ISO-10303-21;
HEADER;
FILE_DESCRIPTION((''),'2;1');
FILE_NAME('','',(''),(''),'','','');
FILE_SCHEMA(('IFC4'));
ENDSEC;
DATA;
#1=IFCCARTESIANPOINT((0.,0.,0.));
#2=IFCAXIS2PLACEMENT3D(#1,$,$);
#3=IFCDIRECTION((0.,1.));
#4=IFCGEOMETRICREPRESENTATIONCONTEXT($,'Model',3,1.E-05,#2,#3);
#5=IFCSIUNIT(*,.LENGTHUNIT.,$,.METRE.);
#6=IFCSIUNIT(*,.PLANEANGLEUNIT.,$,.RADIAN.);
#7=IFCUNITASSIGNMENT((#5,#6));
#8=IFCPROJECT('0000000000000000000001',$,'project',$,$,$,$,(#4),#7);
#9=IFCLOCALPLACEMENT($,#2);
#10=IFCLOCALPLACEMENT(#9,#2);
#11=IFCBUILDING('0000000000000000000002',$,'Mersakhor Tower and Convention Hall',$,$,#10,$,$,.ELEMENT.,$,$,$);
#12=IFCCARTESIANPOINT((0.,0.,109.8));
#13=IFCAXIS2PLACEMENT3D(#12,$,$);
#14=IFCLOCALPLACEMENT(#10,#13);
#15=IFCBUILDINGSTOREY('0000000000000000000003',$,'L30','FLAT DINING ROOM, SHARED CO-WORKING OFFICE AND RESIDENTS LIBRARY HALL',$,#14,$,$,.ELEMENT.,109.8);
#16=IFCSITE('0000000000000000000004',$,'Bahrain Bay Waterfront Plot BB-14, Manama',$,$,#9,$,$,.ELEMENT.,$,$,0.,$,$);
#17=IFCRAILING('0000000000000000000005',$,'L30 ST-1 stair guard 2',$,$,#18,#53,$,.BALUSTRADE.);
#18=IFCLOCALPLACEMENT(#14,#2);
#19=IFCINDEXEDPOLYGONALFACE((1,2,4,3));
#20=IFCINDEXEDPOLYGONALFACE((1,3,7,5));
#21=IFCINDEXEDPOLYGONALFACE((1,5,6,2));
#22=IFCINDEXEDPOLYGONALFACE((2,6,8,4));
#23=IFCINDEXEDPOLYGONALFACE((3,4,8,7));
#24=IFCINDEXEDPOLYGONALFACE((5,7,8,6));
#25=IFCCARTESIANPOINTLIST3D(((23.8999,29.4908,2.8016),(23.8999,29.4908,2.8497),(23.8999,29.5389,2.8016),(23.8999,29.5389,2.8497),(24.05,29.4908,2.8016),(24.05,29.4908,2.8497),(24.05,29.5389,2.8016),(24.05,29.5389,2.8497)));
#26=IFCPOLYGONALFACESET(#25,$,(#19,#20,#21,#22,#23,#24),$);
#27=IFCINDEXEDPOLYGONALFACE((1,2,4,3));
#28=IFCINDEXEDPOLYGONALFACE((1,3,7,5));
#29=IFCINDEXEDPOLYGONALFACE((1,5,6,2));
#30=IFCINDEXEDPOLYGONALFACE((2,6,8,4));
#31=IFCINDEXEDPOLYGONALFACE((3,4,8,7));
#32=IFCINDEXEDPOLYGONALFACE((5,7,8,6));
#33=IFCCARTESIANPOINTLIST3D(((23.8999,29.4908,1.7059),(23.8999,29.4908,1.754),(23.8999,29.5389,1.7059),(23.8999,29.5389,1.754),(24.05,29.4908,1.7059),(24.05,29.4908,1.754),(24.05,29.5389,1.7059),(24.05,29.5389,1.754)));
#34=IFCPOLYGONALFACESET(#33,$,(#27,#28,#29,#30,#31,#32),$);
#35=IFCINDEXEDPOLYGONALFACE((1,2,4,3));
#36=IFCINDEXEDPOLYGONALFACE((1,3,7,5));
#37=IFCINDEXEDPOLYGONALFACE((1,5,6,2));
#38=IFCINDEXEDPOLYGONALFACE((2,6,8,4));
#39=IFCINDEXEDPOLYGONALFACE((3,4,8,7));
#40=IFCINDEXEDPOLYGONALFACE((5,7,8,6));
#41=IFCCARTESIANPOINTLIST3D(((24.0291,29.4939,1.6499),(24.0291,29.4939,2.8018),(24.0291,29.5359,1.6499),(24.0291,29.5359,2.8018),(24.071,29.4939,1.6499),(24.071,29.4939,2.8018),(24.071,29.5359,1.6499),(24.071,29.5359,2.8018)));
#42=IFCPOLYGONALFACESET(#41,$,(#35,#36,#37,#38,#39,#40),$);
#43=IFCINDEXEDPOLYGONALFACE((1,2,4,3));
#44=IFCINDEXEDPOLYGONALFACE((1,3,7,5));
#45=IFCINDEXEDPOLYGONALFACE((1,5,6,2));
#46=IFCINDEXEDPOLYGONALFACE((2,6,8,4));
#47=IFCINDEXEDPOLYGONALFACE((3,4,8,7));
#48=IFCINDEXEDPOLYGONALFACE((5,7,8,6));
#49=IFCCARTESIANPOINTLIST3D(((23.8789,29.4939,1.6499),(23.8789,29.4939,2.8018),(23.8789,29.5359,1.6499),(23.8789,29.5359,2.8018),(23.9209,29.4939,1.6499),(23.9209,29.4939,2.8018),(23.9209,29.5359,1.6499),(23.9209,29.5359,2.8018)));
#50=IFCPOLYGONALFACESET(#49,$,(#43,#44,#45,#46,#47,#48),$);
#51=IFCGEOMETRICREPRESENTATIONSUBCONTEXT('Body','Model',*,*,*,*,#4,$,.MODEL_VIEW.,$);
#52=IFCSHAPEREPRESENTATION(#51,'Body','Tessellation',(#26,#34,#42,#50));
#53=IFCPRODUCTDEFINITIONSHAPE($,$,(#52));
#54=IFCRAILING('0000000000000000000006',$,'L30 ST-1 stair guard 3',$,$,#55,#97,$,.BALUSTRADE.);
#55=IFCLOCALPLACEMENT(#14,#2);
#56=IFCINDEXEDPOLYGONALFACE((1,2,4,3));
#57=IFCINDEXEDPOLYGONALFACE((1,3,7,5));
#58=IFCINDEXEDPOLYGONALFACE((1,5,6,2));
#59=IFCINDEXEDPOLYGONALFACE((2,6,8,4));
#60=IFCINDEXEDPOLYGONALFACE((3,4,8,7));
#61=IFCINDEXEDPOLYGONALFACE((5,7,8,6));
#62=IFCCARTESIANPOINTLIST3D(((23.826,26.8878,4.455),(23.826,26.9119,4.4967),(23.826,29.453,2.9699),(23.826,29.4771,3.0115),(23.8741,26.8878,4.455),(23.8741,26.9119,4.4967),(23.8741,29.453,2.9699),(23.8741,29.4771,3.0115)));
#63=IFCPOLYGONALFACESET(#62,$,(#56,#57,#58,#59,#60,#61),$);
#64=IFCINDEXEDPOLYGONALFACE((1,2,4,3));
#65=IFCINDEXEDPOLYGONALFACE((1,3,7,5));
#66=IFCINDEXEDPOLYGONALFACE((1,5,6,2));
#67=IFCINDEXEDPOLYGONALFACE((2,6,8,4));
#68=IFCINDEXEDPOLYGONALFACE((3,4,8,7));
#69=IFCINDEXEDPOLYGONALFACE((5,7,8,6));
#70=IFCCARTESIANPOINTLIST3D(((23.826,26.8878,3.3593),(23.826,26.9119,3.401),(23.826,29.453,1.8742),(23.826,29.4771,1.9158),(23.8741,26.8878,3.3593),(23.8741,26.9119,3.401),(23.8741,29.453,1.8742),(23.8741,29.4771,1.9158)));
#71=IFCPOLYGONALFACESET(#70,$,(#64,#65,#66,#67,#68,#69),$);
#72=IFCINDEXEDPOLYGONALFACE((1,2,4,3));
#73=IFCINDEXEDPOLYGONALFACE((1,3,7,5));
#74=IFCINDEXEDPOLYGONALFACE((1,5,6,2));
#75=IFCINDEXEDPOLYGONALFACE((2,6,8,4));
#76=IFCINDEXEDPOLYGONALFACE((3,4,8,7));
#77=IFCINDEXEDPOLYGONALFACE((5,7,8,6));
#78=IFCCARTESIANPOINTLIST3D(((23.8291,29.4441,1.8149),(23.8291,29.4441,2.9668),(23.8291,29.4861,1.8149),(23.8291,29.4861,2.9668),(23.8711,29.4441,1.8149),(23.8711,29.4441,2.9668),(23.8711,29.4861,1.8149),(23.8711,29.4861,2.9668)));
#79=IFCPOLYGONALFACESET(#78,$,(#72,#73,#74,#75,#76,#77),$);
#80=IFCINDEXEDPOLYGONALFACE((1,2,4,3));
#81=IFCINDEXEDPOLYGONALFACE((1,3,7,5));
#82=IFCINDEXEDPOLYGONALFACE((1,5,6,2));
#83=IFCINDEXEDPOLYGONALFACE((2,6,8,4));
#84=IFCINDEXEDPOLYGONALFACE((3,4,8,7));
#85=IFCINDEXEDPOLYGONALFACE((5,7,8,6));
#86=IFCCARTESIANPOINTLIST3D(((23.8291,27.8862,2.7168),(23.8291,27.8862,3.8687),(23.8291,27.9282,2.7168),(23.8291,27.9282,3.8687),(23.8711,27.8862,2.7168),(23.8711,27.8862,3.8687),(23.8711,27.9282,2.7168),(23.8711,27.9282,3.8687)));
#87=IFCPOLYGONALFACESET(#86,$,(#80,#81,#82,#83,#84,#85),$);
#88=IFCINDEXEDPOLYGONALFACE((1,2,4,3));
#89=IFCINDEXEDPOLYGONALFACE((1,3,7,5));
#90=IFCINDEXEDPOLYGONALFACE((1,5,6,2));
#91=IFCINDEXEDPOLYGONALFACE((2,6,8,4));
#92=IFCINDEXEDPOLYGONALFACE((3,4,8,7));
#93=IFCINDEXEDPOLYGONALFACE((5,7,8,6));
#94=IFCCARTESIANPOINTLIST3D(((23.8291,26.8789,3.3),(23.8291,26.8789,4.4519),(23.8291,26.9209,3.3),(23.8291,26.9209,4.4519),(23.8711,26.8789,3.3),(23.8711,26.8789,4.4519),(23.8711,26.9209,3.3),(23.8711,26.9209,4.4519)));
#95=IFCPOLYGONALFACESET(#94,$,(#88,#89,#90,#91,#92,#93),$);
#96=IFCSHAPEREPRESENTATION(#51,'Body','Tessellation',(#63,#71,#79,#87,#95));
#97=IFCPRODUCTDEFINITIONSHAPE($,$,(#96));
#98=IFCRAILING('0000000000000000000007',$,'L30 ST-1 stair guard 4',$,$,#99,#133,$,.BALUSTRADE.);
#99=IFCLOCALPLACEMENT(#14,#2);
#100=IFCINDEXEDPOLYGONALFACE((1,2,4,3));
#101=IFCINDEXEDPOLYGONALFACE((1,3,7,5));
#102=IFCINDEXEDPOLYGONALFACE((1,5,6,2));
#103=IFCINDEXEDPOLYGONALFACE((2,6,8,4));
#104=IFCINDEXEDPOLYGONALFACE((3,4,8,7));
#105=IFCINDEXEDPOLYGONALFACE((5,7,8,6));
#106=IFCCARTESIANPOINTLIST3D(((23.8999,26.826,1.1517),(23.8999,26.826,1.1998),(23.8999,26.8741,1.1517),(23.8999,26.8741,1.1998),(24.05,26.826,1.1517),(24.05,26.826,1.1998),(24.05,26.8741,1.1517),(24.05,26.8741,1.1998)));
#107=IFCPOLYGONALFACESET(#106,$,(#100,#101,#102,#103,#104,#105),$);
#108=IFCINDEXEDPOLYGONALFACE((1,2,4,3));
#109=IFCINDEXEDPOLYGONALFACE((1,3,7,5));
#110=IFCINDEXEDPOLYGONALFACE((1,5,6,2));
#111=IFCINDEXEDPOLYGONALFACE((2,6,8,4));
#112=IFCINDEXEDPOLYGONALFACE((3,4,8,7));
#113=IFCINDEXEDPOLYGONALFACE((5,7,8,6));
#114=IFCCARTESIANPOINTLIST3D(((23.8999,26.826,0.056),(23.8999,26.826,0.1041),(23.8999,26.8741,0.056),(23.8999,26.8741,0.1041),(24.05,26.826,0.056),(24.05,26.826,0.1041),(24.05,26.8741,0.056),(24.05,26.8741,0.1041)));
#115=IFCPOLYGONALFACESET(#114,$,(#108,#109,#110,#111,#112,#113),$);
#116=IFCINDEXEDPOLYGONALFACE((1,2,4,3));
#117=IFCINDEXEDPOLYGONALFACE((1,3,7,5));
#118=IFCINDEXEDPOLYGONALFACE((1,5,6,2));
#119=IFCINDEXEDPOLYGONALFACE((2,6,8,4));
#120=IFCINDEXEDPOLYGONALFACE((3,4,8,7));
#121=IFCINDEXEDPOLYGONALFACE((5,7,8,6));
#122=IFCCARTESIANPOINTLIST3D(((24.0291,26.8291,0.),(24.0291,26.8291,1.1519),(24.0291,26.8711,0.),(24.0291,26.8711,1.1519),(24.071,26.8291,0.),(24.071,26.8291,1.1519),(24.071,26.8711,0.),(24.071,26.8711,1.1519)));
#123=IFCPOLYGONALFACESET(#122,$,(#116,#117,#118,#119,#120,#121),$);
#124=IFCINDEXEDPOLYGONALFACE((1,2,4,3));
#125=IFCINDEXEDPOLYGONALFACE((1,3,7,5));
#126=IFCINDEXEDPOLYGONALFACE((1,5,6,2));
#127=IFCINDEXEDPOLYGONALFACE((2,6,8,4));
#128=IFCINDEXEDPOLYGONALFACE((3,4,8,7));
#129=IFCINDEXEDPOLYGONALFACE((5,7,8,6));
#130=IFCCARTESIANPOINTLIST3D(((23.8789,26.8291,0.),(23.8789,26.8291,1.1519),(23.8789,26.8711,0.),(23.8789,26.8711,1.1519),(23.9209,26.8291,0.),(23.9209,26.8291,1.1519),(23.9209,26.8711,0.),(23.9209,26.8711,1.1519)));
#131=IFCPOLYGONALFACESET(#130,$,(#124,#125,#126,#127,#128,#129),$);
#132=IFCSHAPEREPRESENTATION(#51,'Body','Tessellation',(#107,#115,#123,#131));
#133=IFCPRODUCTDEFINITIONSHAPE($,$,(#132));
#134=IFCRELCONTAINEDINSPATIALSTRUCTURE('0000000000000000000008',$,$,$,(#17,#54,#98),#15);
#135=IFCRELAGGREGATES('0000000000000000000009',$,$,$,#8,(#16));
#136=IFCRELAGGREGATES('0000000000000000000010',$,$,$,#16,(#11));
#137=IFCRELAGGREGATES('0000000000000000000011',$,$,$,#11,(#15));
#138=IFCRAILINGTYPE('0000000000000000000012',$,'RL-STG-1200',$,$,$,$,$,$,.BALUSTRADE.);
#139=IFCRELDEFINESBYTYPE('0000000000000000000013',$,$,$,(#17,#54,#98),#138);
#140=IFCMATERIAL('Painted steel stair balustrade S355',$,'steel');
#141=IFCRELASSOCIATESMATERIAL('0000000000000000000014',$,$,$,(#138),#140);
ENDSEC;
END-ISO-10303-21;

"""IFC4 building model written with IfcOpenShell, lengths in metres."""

from ifc_helpers import new_model, si_unit, direction, frame, origin, origin_2d, place, context, subcontext, project, spatial, rectangle, extrude, material, type_object, element, save


model = new_model("IFC4")

# Units and contexts
model_context = context("Model", 3, precision=1e-05, world=origin(), true_north=direction((0.0, 1.0)))
body_context = subcontext(model_context, "Body", "Model", "MODEL_VIEW")
ifc_project = project(units=[si_unit("LENGTHUNIT", "METRE"), si_unit("PLANEANGLEUNIT", "RADIAN")], contexts=[model_context])

# Site, building, storey
site_placement = place(None, origin())
site = spatial("IfcSite", under=ifc_project, at=site_placement, Name="Bahrain Bay Waterfront Plot BB-14, Manama", CompositionType="ELEMENT", RefElevation=0.0)
building_placement = place(site_placement, origin())
building = spatial("IfcBuilding", under=site, at=building_placement, Name="Mersakhor Tower and Convention Hall", CompositionType="ELEMENT")
storey_placement = place(building_placement, frame((0.0, 0.0, 109.8)))
storey = spatial("IfcBuildingStorey", under=building, at=storey_placement, Name="L30", Description="FLAT DINING ROOM, SHARED CO-WORKING OFFICE AND RESIDENTS LIBRARY HALL", CompositionType="ELEMENT", Elevation=109.8)

# Railings
ifc_material_1 = material(Name="Painted steel stair balustrade S355", Category="steel")
railing_type_1 = type_object("IfcRailingType", Name="RL-STG-1200", PredefinedType="BALUSTRADE", material=ifc_material_1)
railing_1_placement = place(storey_placement, frame((24.05, 29.5149, 1.6499)))
element("IfcRailing", 1, at=railing_1_placement, inside=storey, type_object=railing_type_1, Name="L30 ST-1 stair guard 2", PredefinedType="BALUSTRADE", context=body_context, shape_type="SweptSolid", body=[
    extrude(rectangle(XDim=0.0481, YDim=0.0481, at=origin_2d()), frame((0.0, 0.0, 1.1758), z_axis=(-1.0, 0.0, 0.0), x_axis=(0.0, -1.0, 0.0)), (0.0, 0.0, 1.0), 0.1501),
    extrude(rectangle(XDim=0.0481, YDim=0.0481, at=origin_2d()), frame((0.0, 0.0, 0.0801), z_axis=(-1.0, 0.0, 0.0), x_axis=(0.0, -1.0, 0.0)), (0.0, 0.0, 1.0), 0.1501),
    extrude(rectangle(XDim=0.042, YDim=0.042, at=origin_2d()), origin(), (0.0, 0.0, 1.0), 1.1519),
    extrude(rectangle(XDim=0.042, YDim=0.042, at=origin_2d()), frame((-0.1501, 0.0, 0.0)), (0.0, 0.0, 1.0), 1.1519),
])
railing_2_placement = place(storey_placement, frame((23.8501, 29.4651, 1.8149)))
element("IfcRailing", 2, at=railing_2_placement, inside=storey, type_object=railing_type_1, Name="L30 ST-1 stair guard 3", PredefinedType="BALUSTRADE", context=body_context, shape_type="SweptSolid", body=[
    extrude(rectangle(XDim=0.0481, YDim=0.0481, at=origin_2d()), frame((0.0, 0.0, 1.1758), z_axis=(0.0, -0.865426, 0.501036), x_axis=(1.0, 0.0, 0.0)), (0.0, 0.0, 1.0), 2.9641),
    extrude(rectangle(XDim=0.0481, YDim=0.0481, at=origin_2d()), frame((0.0, 0.0, 0.0801), z_axis=(0.0, -0.865426, 0.501036), x_axis=(1.0, 0.0, 0.0)), (0.0, 0.0, 1.0), 2.9641),
    extrude(rectangle(XDim=0.042, YDim=0.042, at=origin_2d()), origin(), (0.0, 0.0, 1.0), 1.1519),
    extrude(rectangle(XDim=0.042, YDim=0.042, at=origin_2d()), frame((0.0, -1.5579, 0.9019)), (0.0, 0.0, 1.0), 1.1519),
    extrude(rectangle(XDim=0.042, YDim=0.042, at=origin_2d()), frame((0.0, -2.5652, 1.4851)), (0.0, 0.0, 1.0), 1.1519),
])
railing_3_placement = place(storey_placement, frame((24.05, 26.8501, 0.0)))
element("IfcRailing", 3, at=railing_3_placement, inside=storey, type_object=railing_type_1, Name="L30 ST-1 stair guard 4", PredefinedType="BALUSTRADE", context=body_context, shape_type="SweptSolid", body=[
    extrude(rectangle(XDim=0.0481, YDim=0.0481, at=origin_2d()), frame((0.0, 0.0, 1.1758), z_axis=(-1.0, 0.0, 0.0), x_axis=(0.0, -1.0, 0.0)), (0.0, 0.0, 1.0), 0.1501),
    extrude(rectangle(XDim=0.0481, YDim=0.0481, at=origin_2d()), frame((0.0, 0.0, 0.0801), z_axis=(-1.0, 0.0, 0.0), x_axis=(0.0, -1.0, 0.0)), (0.0, 0.0, 1.0), 0.1501),
    extrude(rectangle(XDim=0.042, YDim=0.042, at=origin_2d()), origin(), (0.0, 0.0, 1.0), 1.1519),
    extrude(rectangle(XDim=0.042, YDim=0.042, at=origin_2d()), frame((-0.1501, 0.0, 0.0)), (0.0, 0.0, 1.0), 1.1519),
])

save(model, "model.ifc")
